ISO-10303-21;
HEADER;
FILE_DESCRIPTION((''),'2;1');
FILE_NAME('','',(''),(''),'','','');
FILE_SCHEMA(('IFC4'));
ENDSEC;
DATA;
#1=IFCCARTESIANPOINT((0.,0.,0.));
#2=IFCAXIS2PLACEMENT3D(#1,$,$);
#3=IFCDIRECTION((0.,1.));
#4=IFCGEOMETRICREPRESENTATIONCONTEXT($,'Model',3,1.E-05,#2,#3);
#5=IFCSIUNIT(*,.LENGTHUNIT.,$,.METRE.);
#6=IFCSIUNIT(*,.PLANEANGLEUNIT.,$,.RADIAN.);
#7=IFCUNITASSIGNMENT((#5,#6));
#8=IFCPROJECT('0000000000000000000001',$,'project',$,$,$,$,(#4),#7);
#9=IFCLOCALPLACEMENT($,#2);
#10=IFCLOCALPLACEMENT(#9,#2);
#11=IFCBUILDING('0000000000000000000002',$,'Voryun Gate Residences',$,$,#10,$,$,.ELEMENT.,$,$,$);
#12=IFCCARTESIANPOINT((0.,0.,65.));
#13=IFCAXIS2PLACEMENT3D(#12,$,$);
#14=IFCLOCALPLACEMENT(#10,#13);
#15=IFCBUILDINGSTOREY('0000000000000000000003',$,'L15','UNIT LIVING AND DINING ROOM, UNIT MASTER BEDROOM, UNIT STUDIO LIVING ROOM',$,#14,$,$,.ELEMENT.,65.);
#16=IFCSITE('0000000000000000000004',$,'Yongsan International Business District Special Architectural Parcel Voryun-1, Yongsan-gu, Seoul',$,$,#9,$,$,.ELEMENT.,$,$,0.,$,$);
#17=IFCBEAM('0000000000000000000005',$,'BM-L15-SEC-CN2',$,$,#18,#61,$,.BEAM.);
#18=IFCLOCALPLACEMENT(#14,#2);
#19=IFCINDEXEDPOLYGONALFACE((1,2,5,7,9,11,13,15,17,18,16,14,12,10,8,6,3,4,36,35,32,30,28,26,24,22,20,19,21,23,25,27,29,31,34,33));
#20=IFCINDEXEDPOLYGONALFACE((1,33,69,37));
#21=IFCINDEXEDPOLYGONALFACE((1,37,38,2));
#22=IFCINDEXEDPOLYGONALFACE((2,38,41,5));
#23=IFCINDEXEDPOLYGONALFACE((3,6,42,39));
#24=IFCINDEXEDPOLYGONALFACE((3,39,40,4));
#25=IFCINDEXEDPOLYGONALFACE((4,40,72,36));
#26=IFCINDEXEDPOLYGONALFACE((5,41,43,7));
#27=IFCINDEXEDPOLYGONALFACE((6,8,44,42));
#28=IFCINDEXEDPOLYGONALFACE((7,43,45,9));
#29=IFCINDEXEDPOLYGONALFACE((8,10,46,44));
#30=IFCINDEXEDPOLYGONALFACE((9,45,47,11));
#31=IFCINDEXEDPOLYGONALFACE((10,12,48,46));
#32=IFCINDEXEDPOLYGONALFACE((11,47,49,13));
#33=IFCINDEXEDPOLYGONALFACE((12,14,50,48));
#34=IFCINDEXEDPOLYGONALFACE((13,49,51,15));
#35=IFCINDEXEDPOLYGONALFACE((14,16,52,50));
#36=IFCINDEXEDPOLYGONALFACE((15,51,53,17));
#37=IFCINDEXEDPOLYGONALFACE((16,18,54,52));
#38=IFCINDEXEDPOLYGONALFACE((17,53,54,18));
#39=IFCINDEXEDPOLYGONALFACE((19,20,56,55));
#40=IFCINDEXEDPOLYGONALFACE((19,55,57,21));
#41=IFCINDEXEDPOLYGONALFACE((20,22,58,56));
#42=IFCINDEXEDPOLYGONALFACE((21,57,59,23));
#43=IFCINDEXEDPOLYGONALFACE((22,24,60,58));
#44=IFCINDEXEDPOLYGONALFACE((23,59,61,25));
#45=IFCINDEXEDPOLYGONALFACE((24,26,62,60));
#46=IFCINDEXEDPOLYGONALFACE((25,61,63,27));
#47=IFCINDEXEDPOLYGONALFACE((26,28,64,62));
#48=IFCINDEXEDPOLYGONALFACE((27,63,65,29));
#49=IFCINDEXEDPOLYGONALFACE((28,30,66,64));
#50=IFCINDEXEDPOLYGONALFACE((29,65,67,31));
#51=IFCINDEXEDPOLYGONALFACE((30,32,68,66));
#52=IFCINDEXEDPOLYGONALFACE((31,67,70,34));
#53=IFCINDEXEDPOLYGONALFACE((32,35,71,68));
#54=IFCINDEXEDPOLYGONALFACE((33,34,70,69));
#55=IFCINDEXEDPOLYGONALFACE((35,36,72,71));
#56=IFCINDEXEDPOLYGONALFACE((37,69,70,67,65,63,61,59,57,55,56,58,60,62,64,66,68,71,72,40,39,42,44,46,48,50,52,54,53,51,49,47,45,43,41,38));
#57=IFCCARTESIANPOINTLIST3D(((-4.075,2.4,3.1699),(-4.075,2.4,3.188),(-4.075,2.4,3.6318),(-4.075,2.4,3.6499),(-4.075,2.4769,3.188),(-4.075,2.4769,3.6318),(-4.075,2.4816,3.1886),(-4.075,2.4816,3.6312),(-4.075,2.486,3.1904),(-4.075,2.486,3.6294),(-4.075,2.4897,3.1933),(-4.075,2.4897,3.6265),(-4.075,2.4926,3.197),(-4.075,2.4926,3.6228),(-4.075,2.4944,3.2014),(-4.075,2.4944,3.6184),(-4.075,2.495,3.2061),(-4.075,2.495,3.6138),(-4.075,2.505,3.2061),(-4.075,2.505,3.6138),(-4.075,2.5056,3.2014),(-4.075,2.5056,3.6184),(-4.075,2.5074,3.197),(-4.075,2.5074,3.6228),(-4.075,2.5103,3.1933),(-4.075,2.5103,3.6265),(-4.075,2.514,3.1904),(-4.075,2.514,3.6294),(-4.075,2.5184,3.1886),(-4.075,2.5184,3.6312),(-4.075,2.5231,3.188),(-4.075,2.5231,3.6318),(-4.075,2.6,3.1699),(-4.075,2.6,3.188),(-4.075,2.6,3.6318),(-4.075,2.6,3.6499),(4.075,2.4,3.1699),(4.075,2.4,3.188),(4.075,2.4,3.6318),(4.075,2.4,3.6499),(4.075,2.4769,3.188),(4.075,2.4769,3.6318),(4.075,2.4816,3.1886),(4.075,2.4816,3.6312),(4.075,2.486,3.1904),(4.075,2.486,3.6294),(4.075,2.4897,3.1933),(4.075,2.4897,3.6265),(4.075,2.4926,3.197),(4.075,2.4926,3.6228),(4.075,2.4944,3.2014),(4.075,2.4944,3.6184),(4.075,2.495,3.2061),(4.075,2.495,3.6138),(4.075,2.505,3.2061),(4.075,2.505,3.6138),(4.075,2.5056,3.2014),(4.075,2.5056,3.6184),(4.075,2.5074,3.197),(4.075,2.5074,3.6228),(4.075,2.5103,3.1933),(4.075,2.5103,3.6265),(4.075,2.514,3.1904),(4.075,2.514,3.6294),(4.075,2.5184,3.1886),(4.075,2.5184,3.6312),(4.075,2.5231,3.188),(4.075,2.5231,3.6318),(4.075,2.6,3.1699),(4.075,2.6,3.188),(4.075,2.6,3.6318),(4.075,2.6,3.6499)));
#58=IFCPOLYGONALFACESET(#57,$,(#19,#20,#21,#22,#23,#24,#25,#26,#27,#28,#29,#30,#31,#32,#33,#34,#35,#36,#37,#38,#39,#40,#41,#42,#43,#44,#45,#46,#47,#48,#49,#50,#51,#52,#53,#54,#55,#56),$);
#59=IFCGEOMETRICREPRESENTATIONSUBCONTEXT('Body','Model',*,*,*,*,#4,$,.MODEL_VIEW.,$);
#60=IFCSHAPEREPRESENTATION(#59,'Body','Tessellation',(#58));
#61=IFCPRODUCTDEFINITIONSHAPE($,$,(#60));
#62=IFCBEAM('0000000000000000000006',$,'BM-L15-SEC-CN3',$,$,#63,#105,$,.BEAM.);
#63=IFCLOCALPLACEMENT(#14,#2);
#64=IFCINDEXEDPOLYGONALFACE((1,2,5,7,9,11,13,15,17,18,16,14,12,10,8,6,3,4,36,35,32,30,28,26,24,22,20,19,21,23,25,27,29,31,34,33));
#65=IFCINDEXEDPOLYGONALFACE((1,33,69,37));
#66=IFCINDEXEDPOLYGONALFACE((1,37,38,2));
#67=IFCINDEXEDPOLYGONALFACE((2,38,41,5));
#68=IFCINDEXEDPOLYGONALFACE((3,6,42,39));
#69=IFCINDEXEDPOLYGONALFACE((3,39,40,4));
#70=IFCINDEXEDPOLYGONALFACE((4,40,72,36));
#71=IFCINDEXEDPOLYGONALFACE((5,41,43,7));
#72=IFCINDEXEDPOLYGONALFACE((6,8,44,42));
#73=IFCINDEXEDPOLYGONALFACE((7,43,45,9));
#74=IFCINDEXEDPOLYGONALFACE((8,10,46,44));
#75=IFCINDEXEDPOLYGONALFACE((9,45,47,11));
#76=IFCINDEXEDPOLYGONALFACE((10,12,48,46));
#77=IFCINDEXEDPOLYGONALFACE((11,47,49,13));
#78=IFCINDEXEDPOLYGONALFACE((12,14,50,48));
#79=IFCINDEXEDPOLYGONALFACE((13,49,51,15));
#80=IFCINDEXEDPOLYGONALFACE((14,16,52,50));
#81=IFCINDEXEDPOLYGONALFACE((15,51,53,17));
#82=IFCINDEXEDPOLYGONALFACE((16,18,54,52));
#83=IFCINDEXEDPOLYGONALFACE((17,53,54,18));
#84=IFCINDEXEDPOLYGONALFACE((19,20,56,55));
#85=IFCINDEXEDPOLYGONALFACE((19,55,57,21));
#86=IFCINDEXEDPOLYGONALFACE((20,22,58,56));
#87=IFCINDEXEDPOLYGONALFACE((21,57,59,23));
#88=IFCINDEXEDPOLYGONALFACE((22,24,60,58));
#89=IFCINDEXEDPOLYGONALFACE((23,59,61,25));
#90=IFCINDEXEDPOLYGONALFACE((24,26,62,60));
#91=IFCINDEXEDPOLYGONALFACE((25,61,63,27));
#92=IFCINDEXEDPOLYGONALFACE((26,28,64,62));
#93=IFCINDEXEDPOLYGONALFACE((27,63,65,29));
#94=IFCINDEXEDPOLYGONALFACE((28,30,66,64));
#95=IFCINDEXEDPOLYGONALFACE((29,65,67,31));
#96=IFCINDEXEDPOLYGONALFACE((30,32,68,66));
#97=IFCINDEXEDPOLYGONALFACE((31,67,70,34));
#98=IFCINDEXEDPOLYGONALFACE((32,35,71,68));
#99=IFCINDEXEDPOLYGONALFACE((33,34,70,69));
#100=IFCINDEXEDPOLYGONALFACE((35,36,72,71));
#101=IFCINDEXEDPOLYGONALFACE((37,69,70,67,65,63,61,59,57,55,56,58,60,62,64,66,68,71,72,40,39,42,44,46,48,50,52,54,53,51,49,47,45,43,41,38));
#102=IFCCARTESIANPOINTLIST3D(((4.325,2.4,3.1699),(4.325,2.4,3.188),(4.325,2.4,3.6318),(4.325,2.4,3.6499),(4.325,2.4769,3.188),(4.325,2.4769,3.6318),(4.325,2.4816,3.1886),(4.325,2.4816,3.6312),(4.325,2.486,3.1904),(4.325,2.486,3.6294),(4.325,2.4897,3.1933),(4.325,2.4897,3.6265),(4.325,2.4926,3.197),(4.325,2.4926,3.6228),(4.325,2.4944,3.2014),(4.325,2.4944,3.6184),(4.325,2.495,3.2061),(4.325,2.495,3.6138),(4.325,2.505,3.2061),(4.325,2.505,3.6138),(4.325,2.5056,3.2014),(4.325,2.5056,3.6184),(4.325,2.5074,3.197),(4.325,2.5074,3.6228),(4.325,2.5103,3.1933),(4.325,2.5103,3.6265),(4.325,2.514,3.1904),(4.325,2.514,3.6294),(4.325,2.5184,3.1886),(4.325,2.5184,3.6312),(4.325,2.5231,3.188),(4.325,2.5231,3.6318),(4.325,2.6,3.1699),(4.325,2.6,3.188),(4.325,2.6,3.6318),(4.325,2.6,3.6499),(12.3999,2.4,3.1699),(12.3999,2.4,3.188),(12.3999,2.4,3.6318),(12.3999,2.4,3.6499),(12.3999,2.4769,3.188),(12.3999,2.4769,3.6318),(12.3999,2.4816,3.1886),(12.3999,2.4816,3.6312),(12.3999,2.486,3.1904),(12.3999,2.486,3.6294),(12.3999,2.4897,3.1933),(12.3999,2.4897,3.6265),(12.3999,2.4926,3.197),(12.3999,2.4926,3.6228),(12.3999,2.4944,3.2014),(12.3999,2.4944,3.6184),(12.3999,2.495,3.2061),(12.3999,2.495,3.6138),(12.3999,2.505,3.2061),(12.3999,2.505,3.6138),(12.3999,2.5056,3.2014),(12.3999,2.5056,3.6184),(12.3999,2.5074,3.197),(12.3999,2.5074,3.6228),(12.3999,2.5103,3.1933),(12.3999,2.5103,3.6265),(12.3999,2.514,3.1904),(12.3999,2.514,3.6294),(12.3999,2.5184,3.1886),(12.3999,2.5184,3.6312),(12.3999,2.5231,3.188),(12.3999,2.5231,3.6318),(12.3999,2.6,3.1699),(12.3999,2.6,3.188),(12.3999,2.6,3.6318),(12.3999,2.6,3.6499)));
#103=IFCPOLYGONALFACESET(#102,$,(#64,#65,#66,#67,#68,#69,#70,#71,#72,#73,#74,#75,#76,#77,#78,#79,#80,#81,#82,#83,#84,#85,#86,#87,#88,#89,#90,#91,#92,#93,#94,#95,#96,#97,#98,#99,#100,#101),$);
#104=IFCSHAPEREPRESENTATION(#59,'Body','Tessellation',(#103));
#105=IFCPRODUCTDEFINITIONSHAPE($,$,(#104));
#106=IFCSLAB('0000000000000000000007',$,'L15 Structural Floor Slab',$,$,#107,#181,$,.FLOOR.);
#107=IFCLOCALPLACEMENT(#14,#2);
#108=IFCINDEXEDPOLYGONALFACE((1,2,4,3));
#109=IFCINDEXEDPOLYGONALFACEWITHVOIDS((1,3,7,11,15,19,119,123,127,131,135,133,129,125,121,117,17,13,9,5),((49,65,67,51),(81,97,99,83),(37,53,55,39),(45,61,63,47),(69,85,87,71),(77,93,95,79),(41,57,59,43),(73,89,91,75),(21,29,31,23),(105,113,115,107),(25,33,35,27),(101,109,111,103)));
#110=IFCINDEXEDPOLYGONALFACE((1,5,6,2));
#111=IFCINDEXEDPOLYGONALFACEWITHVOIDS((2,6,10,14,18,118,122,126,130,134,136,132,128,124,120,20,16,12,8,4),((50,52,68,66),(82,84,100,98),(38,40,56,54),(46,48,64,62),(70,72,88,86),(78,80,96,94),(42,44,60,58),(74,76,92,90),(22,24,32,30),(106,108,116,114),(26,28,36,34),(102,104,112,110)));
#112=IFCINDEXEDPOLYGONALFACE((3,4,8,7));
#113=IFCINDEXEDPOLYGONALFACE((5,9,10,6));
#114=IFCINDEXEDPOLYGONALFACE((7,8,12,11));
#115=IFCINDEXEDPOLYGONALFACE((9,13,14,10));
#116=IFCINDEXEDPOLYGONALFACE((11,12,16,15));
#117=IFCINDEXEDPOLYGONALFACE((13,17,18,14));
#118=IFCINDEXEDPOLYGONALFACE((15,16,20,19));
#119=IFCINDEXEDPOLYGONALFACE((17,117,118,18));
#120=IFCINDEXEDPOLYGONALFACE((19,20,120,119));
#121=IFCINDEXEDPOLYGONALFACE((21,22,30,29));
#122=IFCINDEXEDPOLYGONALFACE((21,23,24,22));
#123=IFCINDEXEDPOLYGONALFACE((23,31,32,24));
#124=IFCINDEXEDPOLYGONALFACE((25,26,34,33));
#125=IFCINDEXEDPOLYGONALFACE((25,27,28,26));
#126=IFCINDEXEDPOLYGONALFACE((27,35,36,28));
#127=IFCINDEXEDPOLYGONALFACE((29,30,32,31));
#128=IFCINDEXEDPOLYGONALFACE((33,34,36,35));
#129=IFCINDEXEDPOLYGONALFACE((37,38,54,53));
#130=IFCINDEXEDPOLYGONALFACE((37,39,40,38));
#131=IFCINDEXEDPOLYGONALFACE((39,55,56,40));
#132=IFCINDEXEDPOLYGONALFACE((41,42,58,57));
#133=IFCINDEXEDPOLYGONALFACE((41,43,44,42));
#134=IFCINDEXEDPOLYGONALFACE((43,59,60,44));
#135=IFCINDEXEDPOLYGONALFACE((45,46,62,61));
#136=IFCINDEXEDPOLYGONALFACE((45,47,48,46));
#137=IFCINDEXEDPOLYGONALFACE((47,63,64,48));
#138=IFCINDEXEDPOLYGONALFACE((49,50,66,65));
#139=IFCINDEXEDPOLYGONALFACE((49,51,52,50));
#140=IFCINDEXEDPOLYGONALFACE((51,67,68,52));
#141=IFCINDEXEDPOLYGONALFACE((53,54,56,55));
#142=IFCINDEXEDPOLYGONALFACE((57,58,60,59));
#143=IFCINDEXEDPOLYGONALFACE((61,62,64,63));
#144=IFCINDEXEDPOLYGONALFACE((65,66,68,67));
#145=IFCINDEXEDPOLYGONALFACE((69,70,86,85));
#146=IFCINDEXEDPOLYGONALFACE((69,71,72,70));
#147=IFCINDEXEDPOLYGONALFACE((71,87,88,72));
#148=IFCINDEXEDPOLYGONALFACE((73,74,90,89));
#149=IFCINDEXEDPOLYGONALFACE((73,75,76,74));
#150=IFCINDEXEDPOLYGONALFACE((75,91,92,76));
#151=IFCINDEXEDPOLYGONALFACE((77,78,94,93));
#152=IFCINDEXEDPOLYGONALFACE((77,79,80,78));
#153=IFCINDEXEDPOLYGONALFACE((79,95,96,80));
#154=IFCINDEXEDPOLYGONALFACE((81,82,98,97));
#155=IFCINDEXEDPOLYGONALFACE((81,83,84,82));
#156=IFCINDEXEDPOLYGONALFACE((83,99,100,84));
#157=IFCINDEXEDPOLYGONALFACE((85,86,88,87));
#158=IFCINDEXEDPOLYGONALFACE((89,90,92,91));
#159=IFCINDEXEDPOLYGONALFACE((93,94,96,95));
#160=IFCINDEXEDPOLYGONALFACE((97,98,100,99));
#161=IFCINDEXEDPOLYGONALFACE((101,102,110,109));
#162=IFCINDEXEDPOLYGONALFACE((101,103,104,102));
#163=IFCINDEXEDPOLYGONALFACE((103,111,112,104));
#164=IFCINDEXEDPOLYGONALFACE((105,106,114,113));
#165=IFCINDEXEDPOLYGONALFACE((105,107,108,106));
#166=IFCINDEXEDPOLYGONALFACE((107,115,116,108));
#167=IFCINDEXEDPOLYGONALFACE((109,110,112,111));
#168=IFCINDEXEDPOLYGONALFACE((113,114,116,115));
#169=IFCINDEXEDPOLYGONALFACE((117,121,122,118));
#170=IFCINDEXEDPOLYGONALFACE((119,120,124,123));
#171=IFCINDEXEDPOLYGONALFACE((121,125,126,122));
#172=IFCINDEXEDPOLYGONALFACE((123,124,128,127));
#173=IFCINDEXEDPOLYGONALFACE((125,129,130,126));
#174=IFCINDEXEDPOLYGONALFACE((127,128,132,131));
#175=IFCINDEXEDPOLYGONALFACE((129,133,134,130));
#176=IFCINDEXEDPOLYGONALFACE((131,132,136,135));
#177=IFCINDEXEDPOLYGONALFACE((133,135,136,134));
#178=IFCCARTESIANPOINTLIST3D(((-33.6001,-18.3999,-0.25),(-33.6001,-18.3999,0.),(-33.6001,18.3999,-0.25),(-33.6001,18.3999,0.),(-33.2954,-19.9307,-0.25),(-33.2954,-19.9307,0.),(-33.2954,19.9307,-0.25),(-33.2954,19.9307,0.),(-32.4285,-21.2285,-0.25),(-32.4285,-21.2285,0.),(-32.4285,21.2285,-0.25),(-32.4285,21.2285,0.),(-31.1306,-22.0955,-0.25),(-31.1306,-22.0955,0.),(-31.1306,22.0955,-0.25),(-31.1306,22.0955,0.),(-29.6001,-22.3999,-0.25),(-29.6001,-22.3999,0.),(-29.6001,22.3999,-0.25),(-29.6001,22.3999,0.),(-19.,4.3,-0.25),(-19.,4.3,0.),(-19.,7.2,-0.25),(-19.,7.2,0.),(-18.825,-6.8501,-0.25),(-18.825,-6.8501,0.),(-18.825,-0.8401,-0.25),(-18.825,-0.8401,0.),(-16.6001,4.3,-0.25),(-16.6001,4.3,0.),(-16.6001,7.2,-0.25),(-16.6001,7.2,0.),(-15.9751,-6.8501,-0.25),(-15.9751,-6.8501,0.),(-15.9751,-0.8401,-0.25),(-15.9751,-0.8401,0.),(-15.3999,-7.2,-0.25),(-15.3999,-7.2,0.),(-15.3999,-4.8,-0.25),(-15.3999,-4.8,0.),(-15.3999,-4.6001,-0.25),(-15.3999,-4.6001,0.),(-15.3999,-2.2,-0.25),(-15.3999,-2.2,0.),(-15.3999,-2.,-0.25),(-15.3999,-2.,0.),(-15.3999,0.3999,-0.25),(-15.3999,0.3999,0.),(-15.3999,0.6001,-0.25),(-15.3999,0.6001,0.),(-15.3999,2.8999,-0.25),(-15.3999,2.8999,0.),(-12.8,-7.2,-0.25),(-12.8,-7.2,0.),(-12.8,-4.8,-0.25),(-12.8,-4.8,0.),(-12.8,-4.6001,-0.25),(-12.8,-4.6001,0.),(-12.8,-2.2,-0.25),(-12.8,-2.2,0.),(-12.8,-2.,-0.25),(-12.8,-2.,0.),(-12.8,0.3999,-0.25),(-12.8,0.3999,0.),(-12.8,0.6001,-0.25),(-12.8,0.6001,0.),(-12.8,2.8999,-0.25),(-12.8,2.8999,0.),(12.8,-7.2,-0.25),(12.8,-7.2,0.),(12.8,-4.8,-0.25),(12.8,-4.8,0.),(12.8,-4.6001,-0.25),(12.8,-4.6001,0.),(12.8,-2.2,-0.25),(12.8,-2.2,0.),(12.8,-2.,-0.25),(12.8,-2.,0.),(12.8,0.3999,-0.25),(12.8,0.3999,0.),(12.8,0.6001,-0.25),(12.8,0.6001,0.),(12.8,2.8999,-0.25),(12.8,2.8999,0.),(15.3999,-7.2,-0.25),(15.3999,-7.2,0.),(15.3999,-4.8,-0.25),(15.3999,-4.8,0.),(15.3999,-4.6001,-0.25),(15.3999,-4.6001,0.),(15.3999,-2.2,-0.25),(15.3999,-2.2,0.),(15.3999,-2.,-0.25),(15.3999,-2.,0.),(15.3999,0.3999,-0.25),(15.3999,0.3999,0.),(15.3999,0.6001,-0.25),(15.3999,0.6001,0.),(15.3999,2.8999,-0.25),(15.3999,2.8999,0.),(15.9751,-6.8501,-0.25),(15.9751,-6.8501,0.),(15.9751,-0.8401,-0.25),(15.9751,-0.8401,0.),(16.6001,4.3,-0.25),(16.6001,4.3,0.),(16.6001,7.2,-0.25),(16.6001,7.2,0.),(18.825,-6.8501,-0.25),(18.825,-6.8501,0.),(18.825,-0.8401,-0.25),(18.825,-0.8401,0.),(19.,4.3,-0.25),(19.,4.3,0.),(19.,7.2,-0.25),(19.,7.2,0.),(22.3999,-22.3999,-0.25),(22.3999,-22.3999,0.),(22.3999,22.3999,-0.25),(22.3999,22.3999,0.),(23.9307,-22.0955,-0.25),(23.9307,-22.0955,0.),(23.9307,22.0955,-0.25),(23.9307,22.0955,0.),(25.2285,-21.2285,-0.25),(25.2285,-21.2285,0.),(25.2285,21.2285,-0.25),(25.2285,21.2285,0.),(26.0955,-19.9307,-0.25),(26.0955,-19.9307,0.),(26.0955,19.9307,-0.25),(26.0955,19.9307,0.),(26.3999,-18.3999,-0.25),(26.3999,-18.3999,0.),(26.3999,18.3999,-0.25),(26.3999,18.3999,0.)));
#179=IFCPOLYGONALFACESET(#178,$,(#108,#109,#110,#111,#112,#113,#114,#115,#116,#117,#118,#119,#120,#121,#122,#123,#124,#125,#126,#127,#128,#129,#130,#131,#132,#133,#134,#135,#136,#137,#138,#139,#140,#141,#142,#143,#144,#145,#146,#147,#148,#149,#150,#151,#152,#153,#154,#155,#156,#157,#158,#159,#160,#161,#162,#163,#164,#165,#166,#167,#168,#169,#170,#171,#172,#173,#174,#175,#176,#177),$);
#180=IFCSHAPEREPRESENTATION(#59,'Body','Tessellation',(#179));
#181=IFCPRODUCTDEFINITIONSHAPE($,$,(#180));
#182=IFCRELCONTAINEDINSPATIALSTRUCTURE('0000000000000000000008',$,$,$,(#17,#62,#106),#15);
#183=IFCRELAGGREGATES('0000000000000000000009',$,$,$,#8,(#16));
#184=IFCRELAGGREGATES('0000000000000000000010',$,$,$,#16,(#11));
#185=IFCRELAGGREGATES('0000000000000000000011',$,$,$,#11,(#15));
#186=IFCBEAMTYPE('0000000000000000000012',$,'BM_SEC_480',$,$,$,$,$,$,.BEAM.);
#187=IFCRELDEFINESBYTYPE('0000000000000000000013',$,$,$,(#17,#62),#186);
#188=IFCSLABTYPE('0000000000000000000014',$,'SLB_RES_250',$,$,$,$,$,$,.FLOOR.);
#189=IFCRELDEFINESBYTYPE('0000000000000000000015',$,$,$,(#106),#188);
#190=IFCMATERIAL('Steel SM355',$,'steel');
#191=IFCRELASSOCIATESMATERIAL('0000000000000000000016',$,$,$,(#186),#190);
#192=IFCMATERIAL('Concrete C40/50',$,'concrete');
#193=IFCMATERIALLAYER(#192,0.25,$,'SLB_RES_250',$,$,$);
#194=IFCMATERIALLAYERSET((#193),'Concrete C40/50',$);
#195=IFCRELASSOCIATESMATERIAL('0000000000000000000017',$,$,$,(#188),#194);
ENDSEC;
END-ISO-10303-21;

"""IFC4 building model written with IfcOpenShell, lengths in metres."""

from ifc_helpers import new_model, si_unit, direction, frame, origin, origin_2d, place, context, subcontext, project, spatial, polyline, i_section, outline, extrude, material, layer, layer_set, material_profile, profile_set, type_object, element, save


model = new_model("IFC4")

# Units and contexts
model_context = context("Model", 3, precision=1e-05, world=origin(), true_north=direction((0.0, 1.0)))
body_context = subcontext(model_context, "Body", "Model", "MODEL_VIEW")
ifc_project = project(units=[si_unit("LENGTHUNIT", "METRE"), si_unit("PLANEANGLEUNIT", "RADIAN")], contexts=[model_context])

# Site, building, storey
site_placement = place(None, origin())
site = spatial("IfcSite", under=ifc_project, at=site_placement, Name="Yongsan International Business District Special Architectural Parcel Voryun-1, Yongsan-gu, Seoul", CompositionType="ELEMENT", RefElevation=0.0)
building_placement = place(site_placement, origin())
building = spatial("IfcBuilding", under=site, at=building_placement, Name="Voryun Gate Residences", CompositionType="ELEMENT")
storey_placement = place(building_placement, frame((0.0, 0.0, 65.0)))
storey = spatial("IfcBuildingStorey", under=building, at=storey_placement, Name="L15", Description="UNIT LIVING AND DINING ROOM, UNIT MASTER BEDROOM, UNIT STUDIO LIVING ROOM", CompositionType="ELEMENT", Elevation=65.0)

# Beams
ifc_material_1 = material(Name="Steel SM355", Category="steel")
ifc_material_profile_1 = material_profile(ifc_material_1, i_section(OverallWidth=0.2, OverallDepth=0.48, WebThickness=0.01, FlangeThickness=0.0181, FilletRadius=0.0181, at=origin_2d()), Name="H-480x200x10x18")
ifc_profile_set_1 = profile_set([ifc_material_profile_1], Name="Steel SM355")
beam_type_1 = type_object("IfcBeamType", Name="BM_SEC_480", PredefinedType="BEAM", material=ifc_profile_set_1)
beam_1_placement = place(storey_placement, frame((-4.075, 2.5, 3.4099), z_axis=(1.0, 0.0, 0.0), x_axis=(0.0, 1.0, 0.0)))
element("IfcBeam", 1, at=beam_1_placement, inside=storey, type_object=beam_type_1, Name="BM-L15-SEC-CN2", PredefinedType="BEAM", context=body_context, shape_type="SweptSolid", body=[
    extrude(i_section(OverallWidth=0.2, OverallDepth=0.48, WebThickness=0.01, FlangeThickness=0.0181, FilletRadius=0.0181, at=origin_2d()), origin(), (0.0, 0.0, 1.0), 8.1499),
])
beam_2_placement = place(storey_placement, frame((4.325, 2.5, 3.4099), z_axis=(1.0, 0.0, 0.0), x_axis=(0.0, 1.0, 0.0)))
element("IfcBeam", 2, at=beam_2_placement, inside=storey, type_object=beam_type_1, Name="BM-L15-SEC-CN3", PredefinedType="BEAM", context=body_context, shape_type="SweptSolid", body=[
    extrude(i_section(OverallWidth=0.2, OverallDepth=0.48, WebThickness=0.01, FlangeThickness=0.0181, FilletRadius=0.0181, at=origin_2d()), origin(), (0.0, 0.0, 1.0), 8.075),
])

# Slab
ifc_material_2 = material(Name="Concrete C40/50", Category="concrete")
ifc_layer_1 = layer(ifc_material_2, 0.25, Name="SLB_RES_250")
ifc_layer_set_1 = layer_set([ifc_layer_1], Name="Concrete C40/50")
slab_type_1 = type_object("IfcSlabType", Name="SLB_RES_250", PredefinedType="FLOOR", material=ifc_layer_set_1)
slab_1_placement = place(storey_placement, frame((0.0, 0.0, -0.25)))
element("IfcSlab", 3, at=slab_1_placement, inside=storey, type_object=slab_type_1, Name="L15 Structural Floor Slab", PredefinedType="FLOOR", context=body_context, shape_type="SweptSolid", body=[
    extrude(outline(polyline([(-29.6001, -22.3999), (-31.1306, -22.0955), (-32.4285, -21.2285), (-33.2954, -19.9307), (-33.6001, -18.3999), (-33.6001, 18.3999), (-33.2954, 19.9307), (-32.4285, 21.2285), (-31.1306, 22.0955), (-29.6001, 22.3999), (22.3999, 22.3999), (23.9307, 22.0955), (25.2285, 21.2285), (26.0955, 19.9307), (26.3999, 18.3999), (26.3999, -18.3999), (26.0955, -19.9307), (25.2285, -21.2285), (23.9307, -22.0955), (22.3999, -22.3999), (-29.6001, -22.3999)]), holes=[polyline([(-12.8, -4.8), (-15.3999, -4.8), (-15.3999, -7.2), (-12.8, -7.2), (-12.8, -4.8)]), polyline([(-18.825, -6.8501), (-15.9751, -6.8501), (-15.9751, -0.8401), (-18.825, -0.8401), (-18.825, -6.8501)]), polyline([(-12.8, -4.6001), (-12.8, -2.2), (-15.3999, -2.2), (-15.3999, -4.6001), (-12.8, -4.6001)]), polyline([(-12.8, 0.3999), (-15.3999, 0.3999), (-15.3999, -2.0), (-12.8, -2.0), (-12.8, 0.3999)]), polyline([(-12.8, 0.6001), (-12.8, 2.8999), (-15.3999, 2.8999), (-15.3999, 0.6001), (-12.8, 0.6001)]), polyline([(-16.6001, 4.3), (-16.6001, 7.2), (-19.0, 7.2), (-19.0, 4.3), (-16.6001, 4.3)]), polyline([(15.3999, -4.8), (12.8, -4.8), (12.8, -7.2), (15.3999, -7.2), (15.3999, -4.8)]), polyline([(15.9751, -6.8501), (18.825, -6.8501), (18.825, -0.8401), (15.9751, -0.8401), (15.9751, -6.8501)]), polyline([(15.3999, -4.6001), (15.3999, -2.2), (12.8, -2.2), (12.8, -4.6001), (15.3999, -4.6001)]), polyline([(15.3999, 0.3999), (12.8, 0.3999), (12.8, -2.0), (15.3999, -2.0), (15.3999, 0.3999)]), polyline([(15.3999, 0.6001), (15.3999, 2.8999), (12.8, 2.8999), (12.8, 0.6001), (15.3999, 0.6001)]), polyline([(19.0, 4.3), (19.0, 7.2), (16.6001, 7.2), (16.6001, 4.3), (19.0, 4.3)])]), origin(), (0.0, 0.0, 1.0), 0.25),
])

save(model, "model.ifc")
